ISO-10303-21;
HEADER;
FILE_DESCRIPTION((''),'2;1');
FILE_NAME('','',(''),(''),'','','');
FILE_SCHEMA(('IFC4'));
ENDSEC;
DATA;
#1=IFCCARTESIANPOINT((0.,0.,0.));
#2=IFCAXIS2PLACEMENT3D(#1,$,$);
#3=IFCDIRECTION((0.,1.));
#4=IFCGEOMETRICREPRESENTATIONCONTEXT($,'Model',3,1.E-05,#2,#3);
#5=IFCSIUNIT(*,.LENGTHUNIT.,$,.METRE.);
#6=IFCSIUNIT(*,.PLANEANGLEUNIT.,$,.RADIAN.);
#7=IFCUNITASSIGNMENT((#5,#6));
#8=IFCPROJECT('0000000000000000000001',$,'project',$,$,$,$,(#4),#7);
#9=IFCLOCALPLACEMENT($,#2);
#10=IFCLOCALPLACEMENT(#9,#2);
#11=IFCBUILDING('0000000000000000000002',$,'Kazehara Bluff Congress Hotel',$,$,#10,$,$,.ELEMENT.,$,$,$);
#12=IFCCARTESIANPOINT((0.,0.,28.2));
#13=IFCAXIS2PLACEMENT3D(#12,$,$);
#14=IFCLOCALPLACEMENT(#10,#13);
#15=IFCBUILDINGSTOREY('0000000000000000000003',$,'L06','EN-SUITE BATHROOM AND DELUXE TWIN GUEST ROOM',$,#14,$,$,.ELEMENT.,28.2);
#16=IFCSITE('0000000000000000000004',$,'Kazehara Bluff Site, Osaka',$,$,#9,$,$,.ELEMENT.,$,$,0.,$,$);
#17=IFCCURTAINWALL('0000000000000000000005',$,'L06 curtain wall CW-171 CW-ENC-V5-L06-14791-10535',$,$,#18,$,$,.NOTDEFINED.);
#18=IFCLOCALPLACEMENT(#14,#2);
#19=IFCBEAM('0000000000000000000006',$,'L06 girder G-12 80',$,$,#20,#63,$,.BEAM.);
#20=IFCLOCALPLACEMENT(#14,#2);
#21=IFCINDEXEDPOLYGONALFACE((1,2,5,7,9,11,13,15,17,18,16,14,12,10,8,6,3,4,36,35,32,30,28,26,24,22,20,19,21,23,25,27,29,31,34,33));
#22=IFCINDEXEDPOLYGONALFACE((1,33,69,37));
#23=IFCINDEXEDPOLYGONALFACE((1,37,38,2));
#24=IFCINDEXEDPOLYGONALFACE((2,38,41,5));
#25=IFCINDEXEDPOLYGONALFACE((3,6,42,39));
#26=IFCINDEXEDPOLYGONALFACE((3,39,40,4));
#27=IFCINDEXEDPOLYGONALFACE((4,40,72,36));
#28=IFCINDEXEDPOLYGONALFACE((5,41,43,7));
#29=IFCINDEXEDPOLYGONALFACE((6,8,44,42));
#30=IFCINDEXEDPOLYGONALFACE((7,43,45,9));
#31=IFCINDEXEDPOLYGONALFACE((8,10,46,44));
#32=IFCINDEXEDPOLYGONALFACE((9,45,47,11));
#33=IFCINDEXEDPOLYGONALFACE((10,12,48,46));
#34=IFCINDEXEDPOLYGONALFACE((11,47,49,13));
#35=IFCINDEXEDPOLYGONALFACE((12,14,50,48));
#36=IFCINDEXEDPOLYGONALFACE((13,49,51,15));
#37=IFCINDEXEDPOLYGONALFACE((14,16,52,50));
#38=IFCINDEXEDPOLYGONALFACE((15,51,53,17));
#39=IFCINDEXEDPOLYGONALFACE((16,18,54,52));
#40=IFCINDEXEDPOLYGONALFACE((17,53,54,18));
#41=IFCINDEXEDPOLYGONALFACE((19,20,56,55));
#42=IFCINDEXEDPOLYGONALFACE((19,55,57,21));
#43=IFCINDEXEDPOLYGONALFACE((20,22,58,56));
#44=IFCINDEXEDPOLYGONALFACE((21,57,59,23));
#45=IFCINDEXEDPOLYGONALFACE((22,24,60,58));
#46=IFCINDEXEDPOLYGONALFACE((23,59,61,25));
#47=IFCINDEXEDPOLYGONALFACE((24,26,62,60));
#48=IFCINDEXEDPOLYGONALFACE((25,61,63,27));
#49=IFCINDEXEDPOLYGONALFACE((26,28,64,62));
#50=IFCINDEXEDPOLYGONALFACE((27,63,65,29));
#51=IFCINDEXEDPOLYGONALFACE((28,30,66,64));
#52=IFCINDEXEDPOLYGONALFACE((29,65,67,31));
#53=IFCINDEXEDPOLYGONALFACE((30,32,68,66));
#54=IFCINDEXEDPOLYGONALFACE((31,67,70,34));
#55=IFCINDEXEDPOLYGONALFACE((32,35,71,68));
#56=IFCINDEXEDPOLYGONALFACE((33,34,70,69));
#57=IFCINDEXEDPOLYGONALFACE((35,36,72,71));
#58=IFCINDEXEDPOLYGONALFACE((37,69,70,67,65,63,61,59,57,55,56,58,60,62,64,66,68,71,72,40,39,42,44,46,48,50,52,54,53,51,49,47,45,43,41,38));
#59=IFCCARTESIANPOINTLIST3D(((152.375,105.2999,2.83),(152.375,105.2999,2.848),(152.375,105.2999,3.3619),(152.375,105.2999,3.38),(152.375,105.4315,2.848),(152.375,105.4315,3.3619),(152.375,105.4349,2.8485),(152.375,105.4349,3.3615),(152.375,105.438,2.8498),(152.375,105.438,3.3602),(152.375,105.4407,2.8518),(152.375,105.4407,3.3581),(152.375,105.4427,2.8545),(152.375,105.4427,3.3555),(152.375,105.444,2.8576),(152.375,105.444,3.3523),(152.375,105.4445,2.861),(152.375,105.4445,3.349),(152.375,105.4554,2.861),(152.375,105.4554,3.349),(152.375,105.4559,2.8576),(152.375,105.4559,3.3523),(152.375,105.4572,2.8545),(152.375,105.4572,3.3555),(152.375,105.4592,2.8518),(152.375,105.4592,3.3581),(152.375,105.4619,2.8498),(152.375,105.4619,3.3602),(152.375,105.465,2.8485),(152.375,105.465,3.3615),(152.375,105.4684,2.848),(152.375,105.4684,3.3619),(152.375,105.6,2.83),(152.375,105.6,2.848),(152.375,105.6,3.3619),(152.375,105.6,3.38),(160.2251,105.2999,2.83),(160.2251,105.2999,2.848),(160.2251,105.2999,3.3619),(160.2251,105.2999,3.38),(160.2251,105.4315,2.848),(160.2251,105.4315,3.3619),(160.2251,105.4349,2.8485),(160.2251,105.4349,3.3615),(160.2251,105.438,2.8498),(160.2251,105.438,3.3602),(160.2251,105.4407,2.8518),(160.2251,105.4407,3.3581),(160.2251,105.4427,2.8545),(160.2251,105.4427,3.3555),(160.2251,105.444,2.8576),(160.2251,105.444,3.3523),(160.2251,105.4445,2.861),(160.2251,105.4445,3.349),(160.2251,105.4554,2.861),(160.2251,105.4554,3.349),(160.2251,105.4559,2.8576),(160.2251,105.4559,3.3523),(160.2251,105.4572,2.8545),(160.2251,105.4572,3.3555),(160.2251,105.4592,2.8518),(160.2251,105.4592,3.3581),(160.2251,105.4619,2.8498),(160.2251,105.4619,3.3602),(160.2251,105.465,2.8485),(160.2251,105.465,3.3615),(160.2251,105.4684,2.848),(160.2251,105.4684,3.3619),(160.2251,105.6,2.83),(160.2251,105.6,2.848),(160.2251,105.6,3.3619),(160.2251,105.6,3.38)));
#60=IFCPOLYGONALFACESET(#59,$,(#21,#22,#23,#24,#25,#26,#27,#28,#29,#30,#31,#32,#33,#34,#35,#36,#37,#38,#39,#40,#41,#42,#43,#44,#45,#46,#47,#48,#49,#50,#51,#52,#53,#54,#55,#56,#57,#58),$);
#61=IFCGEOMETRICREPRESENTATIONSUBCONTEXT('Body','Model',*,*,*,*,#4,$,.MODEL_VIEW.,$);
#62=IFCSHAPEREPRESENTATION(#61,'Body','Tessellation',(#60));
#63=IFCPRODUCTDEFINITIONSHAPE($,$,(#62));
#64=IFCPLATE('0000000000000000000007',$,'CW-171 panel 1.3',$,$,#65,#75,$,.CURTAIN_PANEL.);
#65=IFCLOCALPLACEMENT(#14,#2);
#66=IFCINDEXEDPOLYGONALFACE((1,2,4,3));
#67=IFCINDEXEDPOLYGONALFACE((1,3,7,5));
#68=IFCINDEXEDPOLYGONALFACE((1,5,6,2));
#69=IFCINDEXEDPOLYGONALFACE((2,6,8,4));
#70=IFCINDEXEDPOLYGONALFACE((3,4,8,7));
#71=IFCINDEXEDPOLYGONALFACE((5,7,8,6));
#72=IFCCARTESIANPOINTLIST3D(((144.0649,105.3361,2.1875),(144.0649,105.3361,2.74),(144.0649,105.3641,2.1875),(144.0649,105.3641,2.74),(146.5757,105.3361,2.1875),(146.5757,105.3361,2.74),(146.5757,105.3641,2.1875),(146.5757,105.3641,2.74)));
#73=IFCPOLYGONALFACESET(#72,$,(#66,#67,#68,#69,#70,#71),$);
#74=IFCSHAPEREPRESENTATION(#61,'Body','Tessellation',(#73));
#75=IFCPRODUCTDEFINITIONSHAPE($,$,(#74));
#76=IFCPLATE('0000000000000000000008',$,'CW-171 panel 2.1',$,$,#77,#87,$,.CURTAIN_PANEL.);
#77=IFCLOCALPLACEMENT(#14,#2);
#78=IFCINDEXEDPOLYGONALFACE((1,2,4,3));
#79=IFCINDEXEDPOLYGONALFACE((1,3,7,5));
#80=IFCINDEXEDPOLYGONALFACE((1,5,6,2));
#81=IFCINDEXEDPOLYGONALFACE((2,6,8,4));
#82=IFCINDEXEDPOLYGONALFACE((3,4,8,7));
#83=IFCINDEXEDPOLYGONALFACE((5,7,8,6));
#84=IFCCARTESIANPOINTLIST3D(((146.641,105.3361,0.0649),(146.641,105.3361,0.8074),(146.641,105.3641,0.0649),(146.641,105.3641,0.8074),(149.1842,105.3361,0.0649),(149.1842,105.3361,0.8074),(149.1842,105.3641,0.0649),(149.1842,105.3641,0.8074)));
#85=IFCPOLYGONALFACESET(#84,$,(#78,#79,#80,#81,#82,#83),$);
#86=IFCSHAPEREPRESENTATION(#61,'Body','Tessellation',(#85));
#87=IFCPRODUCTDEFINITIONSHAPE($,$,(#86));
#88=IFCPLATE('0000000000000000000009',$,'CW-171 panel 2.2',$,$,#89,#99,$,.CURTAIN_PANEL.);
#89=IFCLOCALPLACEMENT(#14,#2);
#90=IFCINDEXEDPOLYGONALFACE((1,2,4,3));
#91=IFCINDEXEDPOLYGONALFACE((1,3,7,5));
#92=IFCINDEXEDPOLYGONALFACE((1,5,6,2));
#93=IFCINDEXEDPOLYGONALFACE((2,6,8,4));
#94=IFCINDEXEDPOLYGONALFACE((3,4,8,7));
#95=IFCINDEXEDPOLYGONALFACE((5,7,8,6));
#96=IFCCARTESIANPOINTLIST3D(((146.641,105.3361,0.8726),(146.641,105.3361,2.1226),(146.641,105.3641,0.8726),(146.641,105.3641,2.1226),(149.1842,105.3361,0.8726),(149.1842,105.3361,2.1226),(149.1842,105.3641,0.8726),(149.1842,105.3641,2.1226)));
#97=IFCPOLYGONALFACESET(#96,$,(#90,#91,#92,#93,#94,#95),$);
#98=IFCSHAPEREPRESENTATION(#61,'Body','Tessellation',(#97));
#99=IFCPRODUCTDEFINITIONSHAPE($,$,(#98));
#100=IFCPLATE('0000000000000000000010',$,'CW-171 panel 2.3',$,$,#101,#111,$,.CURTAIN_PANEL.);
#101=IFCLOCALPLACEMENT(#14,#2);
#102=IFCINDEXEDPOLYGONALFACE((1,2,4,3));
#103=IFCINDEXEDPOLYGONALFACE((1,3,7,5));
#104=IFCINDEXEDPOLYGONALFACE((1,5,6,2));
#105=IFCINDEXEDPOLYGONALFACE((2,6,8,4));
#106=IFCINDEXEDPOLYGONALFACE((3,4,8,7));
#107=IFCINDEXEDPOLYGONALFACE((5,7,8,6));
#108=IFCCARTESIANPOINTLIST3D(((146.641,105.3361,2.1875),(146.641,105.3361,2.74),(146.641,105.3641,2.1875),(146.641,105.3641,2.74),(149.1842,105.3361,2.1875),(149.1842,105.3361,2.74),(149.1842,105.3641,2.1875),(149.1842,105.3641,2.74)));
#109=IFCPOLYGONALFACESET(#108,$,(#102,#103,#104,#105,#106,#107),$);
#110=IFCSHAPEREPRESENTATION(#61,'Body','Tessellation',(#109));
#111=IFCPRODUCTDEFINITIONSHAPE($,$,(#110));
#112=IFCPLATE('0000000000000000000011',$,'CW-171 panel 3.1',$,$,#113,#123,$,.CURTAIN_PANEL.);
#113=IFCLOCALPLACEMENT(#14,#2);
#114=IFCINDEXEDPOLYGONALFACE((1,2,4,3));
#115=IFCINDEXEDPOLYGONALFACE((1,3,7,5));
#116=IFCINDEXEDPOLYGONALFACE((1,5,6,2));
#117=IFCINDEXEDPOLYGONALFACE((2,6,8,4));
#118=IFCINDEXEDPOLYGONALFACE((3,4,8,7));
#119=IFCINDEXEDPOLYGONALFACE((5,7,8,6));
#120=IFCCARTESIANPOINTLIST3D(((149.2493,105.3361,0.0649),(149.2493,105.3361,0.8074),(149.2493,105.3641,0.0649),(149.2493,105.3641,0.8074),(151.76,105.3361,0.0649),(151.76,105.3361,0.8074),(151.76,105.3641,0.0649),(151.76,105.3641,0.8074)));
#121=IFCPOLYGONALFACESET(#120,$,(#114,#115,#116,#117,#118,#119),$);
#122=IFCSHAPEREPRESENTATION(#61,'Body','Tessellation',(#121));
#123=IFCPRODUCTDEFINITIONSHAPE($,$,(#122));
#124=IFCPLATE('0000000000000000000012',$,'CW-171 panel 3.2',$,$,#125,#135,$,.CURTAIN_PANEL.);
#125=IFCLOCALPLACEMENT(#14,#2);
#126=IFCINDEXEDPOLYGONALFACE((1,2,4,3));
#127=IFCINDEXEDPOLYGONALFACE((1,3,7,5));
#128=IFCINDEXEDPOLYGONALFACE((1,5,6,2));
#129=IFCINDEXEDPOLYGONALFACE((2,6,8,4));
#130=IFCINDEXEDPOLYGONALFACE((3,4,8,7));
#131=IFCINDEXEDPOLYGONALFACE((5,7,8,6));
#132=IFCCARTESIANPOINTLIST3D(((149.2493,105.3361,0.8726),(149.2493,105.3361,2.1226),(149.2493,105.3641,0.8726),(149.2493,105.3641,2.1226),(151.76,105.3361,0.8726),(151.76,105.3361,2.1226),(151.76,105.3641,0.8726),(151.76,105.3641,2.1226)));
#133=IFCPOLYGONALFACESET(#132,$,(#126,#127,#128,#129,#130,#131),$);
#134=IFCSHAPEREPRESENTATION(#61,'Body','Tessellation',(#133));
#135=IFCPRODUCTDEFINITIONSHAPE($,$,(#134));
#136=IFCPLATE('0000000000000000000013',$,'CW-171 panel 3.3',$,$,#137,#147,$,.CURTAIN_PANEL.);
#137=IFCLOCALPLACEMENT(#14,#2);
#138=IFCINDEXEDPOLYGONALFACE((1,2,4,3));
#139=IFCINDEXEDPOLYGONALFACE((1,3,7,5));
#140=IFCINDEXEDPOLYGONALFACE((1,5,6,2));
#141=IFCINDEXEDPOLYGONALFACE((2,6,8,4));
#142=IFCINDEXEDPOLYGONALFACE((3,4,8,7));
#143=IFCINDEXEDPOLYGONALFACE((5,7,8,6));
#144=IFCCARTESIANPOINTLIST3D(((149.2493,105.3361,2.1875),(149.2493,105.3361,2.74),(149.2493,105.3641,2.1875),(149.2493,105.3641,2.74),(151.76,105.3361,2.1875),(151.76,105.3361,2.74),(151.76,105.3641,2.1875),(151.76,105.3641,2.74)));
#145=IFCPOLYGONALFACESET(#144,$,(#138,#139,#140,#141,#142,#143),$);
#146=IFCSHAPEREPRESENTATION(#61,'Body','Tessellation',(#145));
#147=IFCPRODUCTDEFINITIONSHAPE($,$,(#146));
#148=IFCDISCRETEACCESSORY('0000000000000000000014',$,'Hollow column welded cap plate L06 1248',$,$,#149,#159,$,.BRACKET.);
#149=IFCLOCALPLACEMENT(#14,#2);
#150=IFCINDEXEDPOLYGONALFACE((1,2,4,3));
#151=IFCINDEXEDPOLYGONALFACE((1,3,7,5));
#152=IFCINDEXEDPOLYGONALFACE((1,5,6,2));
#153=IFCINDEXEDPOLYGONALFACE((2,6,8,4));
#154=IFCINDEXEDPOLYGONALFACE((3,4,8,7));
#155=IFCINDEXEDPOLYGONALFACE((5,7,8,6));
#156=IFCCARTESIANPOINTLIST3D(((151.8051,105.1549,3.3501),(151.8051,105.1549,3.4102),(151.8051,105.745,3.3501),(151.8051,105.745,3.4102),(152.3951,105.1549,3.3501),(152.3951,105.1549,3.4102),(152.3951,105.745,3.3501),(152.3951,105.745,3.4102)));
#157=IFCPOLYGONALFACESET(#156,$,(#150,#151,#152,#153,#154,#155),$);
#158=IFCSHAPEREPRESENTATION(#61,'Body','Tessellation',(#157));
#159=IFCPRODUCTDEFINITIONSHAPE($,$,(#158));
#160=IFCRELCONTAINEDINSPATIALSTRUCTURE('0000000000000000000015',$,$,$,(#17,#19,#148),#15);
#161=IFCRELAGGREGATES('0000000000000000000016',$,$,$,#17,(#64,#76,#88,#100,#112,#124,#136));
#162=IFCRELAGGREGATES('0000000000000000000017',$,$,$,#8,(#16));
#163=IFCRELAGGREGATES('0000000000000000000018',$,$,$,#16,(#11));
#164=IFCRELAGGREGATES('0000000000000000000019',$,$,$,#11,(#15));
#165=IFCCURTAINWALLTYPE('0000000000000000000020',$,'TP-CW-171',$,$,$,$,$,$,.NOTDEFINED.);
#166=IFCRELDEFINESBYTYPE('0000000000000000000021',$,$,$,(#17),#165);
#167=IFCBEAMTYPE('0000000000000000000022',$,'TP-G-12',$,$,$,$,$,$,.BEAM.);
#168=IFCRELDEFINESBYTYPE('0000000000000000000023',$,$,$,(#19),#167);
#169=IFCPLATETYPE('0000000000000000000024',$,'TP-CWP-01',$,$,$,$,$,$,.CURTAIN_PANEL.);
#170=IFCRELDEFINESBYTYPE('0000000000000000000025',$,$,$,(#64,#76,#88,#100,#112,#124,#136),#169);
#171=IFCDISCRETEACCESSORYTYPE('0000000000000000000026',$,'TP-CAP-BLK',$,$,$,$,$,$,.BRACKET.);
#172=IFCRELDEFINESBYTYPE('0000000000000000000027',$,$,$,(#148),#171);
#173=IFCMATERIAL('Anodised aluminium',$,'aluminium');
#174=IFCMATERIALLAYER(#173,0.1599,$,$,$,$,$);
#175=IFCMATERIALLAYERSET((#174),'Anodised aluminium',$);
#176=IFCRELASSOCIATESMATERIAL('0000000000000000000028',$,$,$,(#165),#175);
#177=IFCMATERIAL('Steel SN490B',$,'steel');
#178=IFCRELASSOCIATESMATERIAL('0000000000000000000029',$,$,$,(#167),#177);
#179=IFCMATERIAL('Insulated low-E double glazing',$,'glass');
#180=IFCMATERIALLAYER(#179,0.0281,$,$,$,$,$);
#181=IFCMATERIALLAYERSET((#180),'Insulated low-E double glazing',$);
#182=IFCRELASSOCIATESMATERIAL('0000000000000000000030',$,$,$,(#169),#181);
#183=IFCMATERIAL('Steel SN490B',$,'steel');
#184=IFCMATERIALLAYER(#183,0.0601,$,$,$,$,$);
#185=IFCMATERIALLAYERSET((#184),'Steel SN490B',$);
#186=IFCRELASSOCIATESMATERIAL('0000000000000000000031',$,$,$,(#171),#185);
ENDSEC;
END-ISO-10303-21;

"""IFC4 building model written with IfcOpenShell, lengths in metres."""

from ifc_helpers import new_model, si_unit, direction, frame, origin, origin_2d, place, context, subcontext, project, spatial, rectangle, i_section, extrude, material, layer, layer_set, material_profile, profile_set, type_object, element, aggregate, save


model = new_model("IFC4")

# Units and contexts
model_context = context("Model", 3, precision=1e-05, world=origin(), true_north=direction((0.0, 1.0)))
body_context = subcontext(model_context, "Body", "Model", "MODEL_VIEW")
ifc_project = project(units=[si_unit("LENGTHUNIT", "METRE"), si_unit("PLANEANGLEUNIT", "RADIAN")], contexts=[model_context])

# Site, building, storey
site_placement = place(None, origin())
site = spatial("IfcSite", under=ifc_project, at=site_placement, Name="Kazehara Bluff Site, Osaka", CompositionType="ELEMENT", RefElevation=0.0)
building_placement = place(site_placement, origin())
building = spatial("IfcBuilding", under=site, at=building_placement, Name="Kazehara Bluff Congress Hotel", CompositionType="ELEMENT")
storey_placement = place(building_placement, frame((0.0, 0.0, 28.2)))
storey = spatial("IfcBuildingStorey", under=building, at=storey_placement, Name="L06", Description="EN-SUITE BATHROOM AND DELUXE TWIN GUEST ROOM", CompositionType="ELEMENT", Elevation=28.2)

# Curtain wall
ifc_material_1 = material(Name="Anodised aluminium", Category="aluminium")
ifc_layer_1 = layer(ifc_material_1, 0.1599)
ifc_layer_set_1 = layer_set([ifc_layer_1], Name="Anodised aluminium")
curtain_wall_type = type_object("IfcCurtainWallType", Name="TP-CW-171", PredefinedType="NOTDEFINED", material=ifc_layer_set_1)
curtain_wall_placement = place(storey_placement, origin())
curtain_wall = element("IfcCurtainWall", 1, at=curtain_wall_placement, inside=storey, type_object=curtain_wall_type, Name="L06 curtain wall CW-171 CW-ENC-V5-L06-14791-10535", PredefinedType="NOTDEFINED")

# Beam
ifc_material_2 = material(Name="Steel SN490B", Category="steel")
ifc_material_profile_1 = material_profile(ifc_material_2, i_section(OverallWidth=0.3, OverallDepth=0.55, WebThickness=0.011, FlangeThickness=0.0181, FilletRadius=0.0129, at=origin_2d()))
ifc_profile_set_1 = profile_set([ifc_material_profile_1], Name="Steel SN490B")
beam_type = type_object("IfcBeamType", Name="TP-G-12", PredefinedType="BEAM", material=ifc_profile_set_1)
beam_1_placement = place(storey_placement, frame((152.375, 105.45, 3.105), z_axis=(1.0, 0.0, 0.0), x_axis=(0.0, 1.0, 0.0)))
element("IfcBeam", 2, at=beam_1_placement, inside=storey, type_object=beam_type, Name="L06 girder G-12 80", PredefinedType="BEAM", context=body_context, shape_type="SweptSolid", body=[
    extrude(i_section(OverallWidth=0.3, OverallDepth=0.55, WebThickness=0.011, FlangeThickness=0.0181, FilletRadius=0.0129, at=origin_2d()), origin(), (0.0, 0.0, 1.0), 7.8501),
])

# Plates
ifc_material_3 = material(Name="Insulated low-E double glazing", Category="glass")
ifc_layer_2 = layer(ifc_material_3, 0.0281)
ifc_layer_set_2 = layer_set([ifc_layer_2], Name="Insulated low-E double glazing")
plate_type = type_object("IfcPlateType", Name="TP-CWP-01", PredefinedType="CURTAIN_PANEL", material=ifc_layer_set_2)
plate_1_placement = place(storey_placement, frame((145.3203, 105.3501, 2.1875), z_axis=(0.0, 0.0, 1.0), x_axis=(1.0, 0.0, 0.0)))
plate_1 = element("IfcPlate", 3, at=plate_1_placement, type_object=plate_type, Name="CW-171 panel 1.3", PredefinedType="CURTAIN_PANEL", context=body_context, shape_type="SweptSolid", body=[
    extrude(rectangle(XDim=2.5107, YDim=0.0281, at=origin_2d()), origin(), (0.0, 0.0, 1.0), 0.5525),
])
plate_2_placement = place(storey_placement, frame((147.9126, 105.3501, 0.0649), z_axis=(0.0, 0.0, 1.0), x_axis=(1.0, 0.0, 0.0)))
plate_2 = element("IfcPlate", 4, at=plate_2_placement, type_object=plate_type, Name="CW-171 panel 2.1", PredefinedType="CURTAIN_PANEL", context=body_context, shape_type="SweptSolid", body=[
    extrude(rectangle(XDim=2.5432, YDim=0.0281, at=origin_2d()), origin(), (0.0, 0.0, 1.0), 0.7424),
])
plate_3_placement = place(storey_placement, frame((147.9126, 105.3501, 0.8726), z_axis=(0.0, 0.0, 1.0), x_axis=(1.0, 0.0, 0.0)))
plate_3 = element("IfcPlate", 5, at=plate_3_placement, type_object=plate_type, Name="CW-171 panel 2.2", PredefinedType="CURTAIN_PANEL", context=body_context, shape_type="SweptSolid", body=[
    extrude(rectangle(XDim=2.5432, YDim=0.0281, at=origin_2d()), origin(), (0.0, 0.0, 1.0), 1.25),
])
plate_4_placement = place(storey_placement, frame((147.9126, 105.3501, 2.1875), z_axis=(0.0, 0.0, 1.0), x_axis=(1.0, 0.0, 0.0)))
plate_4 = element("IfcPlate", 6, at=plate_4_placement, type_object=plate_type, Name="CW-171 panel 2.3", PredefinedType="CURTAIN_PANEL", context=body_context, shape_type="SweptSolid", body=[
    extrude(rectangle(XDim=2.5432, YDim=0.0281, at=origin_2d()), origin(), (0.0, 0.0, 1.0), 0.5525),
])
plate_5_placement = place(storey_placement, frame((150.5046, 105.3501, 0.0649), z_axis=(0.0, 0.0, 1.0), x_axis=(1.0, 0.0, 0.0)))
plate_5 = element("IfcPlate", 7, at=plate_5_placement, type_object=plate_type, Name="CW-171 panel 3.1", PredefinedType="CURTAIN_PANEL", context=body_context, shape_type="SweptSolid", body=[
    extrude(rectangle(XDim=2.5107, YDim=0.0281, at=origin_2d()), origin(), (0.0, 0.0, 1.0), 0.7424),
])
plate_6_placement = place(storey_placement, frame((150.5046, 105.3501, 0.8726), z_axis=(0.0, 0.0, 1.0), x_axis=(1.0, 0.0, 0.0)))
plate_6 = element("IfcPlate", 8, at=plate_6_placement, type_object=plate_type, Name="CW-171 panel 3.2", PredefinedType="CURTAIN_PANEL", context=body_context, shape_type="SweptSolid", body=[
    extrude(rectangle(XDim=2.5107, YDim=0.0281, at=origin_2d()), origin(), (0.0, 0.0, 1.0), 1.25),
])
plate_7_placement = place(storey_placement, frame((150.5046, 105.3501, 2.1875), z_axis=(0.0, 0.0, 1.0), x_axis=(1.0, 0.0, 0.0)))
plate_7 = element("IfcPlate", 9, at=plate_7_placement, type_object=plate_type, Name="CW-171 panel 3.3", PredefinedType="CURTAIN_PANEL", context=body_context, shape_type="SweptSolid", body=[
    extrude(rectangle(XDim=2.5107, YDim=0.0281, at=origin_2d()), origin(), (0.0, 0.0, 1.0), 0.5525),
])
aggregate(curtain_wall, [plate_1, plate_2, plate_3, plate_4, plate_5, plate_6, plate_7])

# Discrete accessory
ifc_material_4 = material(Name="Steel SN490B", Category="steel")
ifc_layer_3 = layer(ifc_material_4, 0.0601)
ifc_layer_set_3 = layer_set([ifc_layer_3], Name="Steel SN490B")
discrete_accessory_type = type_object("IfcDiscreteAccessoryType", Name="TP-CAP-BLK", PredefinedType="BRACKET", material=ifc_layer_set_3)
discrete_accessory_placement = place(storey_placement, frame((152.1001, 105.45, 3.3501), z_axis=(0.0, 0.0, 1.0), x_axis=(1.0, 0.0, 0.0)))
element("IfcDiscreteAccessory", 10, at=discrete_accessory_placement, inside=storey, type_object=discrete_accessory_type, Name="Hollow column welded cap plate L06 1248", PredefinedType="BRACKET", context=body_context, shape_type="SweptSolid", body=[
    extrude(rectangle(XDim=0.5901, YDim=0.5901, at=origin_2d()), origin(), (0.0, 0.0, 1.0), 0.0601),
])

save(model, "model.ifc")
